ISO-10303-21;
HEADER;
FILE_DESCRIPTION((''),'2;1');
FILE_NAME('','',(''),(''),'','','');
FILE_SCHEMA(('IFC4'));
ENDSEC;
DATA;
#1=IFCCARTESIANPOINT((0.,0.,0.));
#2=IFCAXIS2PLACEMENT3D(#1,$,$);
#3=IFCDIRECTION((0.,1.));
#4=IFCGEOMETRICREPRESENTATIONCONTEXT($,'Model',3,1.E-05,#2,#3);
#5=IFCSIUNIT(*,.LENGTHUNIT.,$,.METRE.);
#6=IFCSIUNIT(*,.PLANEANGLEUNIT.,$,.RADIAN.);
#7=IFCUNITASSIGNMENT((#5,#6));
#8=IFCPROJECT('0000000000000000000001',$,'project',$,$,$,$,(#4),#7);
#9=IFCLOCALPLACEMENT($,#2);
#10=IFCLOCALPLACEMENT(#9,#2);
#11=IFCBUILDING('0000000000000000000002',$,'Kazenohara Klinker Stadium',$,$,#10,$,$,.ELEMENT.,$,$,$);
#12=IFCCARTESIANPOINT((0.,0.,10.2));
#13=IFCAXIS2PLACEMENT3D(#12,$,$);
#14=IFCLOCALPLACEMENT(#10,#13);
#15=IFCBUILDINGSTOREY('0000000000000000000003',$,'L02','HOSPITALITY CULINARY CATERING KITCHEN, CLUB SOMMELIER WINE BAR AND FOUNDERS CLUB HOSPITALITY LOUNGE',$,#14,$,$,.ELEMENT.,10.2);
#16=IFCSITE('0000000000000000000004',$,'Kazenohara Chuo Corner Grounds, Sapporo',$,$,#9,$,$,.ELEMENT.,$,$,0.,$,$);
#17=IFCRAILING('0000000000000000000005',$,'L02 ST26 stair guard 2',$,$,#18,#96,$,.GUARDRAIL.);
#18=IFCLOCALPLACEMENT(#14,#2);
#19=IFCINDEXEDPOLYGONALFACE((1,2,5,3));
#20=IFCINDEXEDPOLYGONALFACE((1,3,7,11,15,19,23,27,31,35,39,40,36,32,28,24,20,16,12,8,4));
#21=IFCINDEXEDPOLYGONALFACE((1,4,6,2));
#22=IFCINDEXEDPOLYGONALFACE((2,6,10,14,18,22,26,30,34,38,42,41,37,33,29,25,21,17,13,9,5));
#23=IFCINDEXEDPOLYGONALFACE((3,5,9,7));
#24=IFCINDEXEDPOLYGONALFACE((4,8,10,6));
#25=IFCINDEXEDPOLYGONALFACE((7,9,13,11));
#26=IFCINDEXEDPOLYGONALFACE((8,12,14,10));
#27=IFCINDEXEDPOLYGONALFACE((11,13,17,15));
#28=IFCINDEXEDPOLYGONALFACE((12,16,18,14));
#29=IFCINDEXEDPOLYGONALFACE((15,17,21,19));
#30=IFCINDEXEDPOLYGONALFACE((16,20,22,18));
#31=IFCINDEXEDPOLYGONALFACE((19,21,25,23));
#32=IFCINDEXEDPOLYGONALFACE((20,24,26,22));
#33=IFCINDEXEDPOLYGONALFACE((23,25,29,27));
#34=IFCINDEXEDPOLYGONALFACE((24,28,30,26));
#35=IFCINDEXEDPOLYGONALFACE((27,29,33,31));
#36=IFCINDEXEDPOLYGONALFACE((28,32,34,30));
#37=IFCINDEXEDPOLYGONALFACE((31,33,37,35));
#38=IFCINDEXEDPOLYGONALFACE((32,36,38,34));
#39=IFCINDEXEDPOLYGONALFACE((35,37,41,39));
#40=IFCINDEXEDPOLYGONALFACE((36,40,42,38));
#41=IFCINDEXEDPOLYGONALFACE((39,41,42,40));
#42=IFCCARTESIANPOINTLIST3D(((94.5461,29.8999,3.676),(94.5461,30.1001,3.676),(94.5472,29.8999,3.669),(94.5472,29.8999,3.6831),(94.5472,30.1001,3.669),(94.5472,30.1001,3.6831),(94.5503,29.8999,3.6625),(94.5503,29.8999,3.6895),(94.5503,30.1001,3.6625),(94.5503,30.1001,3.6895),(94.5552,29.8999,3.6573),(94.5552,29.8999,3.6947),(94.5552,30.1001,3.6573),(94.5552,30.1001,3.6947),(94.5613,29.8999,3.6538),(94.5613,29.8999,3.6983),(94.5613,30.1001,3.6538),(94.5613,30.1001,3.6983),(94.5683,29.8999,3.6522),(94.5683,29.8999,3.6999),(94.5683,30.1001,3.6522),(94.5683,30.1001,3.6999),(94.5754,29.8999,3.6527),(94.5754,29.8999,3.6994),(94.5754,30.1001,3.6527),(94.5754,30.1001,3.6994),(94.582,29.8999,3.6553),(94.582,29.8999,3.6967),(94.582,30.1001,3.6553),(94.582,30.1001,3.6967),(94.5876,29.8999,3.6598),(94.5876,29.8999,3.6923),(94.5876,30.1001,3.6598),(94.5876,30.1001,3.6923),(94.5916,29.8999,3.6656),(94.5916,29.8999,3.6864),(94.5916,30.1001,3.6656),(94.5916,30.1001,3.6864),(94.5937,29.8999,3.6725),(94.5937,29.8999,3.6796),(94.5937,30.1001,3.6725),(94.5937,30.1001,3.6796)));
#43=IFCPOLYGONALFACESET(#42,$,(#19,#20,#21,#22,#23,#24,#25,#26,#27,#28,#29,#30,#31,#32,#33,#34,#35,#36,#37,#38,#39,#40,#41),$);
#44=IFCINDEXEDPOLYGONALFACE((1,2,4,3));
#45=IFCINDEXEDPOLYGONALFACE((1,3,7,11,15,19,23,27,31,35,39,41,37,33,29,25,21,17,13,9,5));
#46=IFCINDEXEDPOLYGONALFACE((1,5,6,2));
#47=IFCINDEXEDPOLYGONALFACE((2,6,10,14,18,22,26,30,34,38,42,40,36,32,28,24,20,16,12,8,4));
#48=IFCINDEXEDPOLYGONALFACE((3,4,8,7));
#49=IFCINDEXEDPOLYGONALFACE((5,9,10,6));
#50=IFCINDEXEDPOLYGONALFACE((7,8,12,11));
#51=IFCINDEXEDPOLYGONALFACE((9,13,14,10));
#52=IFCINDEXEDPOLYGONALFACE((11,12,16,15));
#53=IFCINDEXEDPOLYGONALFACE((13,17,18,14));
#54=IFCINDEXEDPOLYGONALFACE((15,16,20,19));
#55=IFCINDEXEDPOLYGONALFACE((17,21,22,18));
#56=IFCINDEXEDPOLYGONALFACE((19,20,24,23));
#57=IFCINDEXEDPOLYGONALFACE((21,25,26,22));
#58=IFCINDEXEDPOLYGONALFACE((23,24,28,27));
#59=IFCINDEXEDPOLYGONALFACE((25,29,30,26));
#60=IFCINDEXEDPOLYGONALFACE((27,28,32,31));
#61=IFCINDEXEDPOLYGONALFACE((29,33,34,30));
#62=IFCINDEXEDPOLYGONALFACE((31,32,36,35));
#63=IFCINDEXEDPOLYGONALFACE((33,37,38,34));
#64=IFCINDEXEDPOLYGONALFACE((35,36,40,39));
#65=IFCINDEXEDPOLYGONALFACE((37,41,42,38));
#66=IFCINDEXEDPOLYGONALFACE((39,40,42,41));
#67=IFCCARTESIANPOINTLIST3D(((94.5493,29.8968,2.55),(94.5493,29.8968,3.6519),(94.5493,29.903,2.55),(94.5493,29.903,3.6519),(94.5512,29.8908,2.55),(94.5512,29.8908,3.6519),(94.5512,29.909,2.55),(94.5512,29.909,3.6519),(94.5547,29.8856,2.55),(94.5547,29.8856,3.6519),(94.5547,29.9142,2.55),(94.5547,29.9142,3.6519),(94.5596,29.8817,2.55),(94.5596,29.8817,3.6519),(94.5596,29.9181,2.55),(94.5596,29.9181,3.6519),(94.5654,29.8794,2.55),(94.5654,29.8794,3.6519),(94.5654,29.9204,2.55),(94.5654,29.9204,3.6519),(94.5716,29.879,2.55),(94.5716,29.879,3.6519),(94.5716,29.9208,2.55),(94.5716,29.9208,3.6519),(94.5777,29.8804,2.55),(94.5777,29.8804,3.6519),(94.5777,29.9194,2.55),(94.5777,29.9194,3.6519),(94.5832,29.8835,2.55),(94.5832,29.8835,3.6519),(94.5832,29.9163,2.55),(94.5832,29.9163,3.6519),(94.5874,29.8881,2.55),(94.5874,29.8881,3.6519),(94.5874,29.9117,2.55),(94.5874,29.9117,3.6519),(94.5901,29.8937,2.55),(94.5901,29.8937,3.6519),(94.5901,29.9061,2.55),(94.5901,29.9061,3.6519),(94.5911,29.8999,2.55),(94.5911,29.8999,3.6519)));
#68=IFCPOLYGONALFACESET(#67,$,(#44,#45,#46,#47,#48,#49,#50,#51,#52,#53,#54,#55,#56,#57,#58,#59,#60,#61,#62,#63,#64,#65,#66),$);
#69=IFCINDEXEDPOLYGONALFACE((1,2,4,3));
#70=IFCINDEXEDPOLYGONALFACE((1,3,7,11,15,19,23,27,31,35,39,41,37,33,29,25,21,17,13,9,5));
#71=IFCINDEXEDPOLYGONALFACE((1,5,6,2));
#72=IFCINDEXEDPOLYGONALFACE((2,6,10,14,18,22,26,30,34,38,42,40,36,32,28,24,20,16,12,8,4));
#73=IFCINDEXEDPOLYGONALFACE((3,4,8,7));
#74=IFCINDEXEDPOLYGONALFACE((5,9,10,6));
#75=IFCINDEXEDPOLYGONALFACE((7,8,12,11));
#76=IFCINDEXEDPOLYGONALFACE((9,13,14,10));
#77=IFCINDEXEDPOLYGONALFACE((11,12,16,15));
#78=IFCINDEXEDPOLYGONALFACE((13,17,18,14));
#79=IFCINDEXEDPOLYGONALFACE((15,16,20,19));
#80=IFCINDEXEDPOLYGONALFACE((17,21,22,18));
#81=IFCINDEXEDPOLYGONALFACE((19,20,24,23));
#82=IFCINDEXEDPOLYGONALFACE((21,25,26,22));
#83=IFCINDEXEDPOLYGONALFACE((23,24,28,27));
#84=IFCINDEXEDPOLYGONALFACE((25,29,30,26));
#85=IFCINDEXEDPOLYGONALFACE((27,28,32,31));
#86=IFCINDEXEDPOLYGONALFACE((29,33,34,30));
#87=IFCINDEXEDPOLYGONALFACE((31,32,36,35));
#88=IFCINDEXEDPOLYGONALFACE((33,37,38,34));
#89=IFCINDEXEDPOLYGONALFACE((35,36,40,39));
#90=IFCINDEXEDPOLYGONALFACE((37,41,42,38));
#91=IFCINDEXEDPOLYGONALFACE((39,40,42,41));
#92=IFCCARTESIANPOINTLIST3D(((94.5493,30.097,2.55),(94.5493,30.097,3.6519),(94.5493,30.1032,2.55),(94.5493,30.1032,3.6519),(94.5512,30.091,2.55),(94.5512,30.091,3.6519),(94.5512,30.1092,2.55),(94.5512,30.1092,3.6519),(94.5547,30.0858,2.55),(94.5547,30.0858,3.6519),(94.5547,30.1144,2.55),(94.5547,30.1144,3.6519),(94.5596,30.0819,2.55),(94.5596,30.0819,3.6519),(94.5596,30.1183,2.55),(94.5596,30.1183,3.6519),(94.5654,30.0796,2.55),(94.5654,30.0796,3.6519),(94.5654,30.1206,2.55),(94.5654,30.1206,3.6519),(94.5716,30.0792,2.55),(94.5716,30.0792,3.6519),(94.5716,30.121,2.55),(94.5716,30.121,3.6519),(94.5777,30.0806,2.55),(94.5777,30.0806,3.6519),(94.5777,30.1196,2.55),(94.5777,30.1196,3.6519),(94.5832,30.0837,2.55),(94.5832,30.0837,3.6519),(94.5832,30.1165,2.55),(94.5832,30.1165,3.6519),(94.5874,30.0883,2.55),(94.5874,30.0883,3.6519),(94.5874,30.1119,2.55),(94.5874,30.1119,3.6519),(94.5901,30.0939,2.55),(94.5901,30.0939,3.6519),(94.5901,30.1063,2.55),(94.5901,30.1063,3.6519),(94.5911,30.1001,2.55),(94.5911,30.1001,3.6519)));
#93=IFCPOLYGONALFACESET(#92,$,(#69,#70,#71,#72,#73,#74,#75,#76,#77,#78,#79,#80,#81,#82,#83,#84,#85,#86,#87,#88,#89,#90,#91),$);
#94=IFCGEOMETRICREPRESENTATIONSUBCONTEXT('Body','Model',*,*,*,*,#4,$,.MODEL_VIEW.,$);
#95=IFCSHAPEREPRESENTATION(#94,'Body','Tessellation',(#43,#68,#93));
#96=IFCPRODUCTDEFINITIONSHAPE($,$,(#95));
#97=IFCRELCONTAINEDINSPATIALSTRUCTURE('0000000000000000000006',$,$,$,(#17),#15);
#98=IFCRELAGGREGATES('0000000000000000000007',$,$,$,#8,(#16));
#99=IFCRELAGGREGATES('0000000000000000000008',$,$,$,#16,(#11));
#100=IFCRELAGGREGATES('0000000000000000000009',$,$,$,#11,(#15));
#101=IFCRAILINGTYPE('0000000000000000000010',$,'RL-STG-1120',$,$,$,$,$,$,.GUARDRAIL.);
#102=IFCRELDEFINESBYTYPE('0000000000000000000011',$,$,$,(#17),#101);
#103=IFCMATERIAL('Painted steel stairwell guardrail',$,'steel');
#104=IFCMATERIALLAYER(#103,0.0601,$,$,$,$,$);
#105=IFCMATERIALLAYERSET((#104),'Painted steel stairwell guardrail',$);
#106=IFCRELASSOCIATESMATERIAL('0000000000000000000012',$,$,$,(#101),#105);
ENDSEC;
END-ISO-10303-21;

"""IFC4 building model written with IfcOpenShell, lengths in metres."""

from ifc_helpers import new_model, si_unit, direction, frame, origin, origin_2d, place, context, subcontext, project, spatial, circle, extrude, material, layer, layer_set, type_object, element, save


model = new_model("IFC4")

# Units and contexts
model_context = context("Model", 3, precision=1e-05, world=origin(), true_north=direction((0.0, 1.0)))
body_context = subcontext(model_context, "Body", "Model", "MODEL_VIEW")
ifc_project = project(units=[si_unit("LENGTHUNIT", "METRE"), si_unit("PLANEANGLEUNIT", "RADIAN")], contexts=[model_context])

# Site, building, storey
site_placement = place(None, origin())
site = spatial("IfcSite", under=ifc_project, at=site_placement, Name="Kazenohara Chuo Corner Grounds, Sapporo", CompositionType="ELEMENT", RefElevation=0.0)
building_placement = place(site_placement, origin())
building = spatial("IfcBuilding", under=site, at=building_placement, Name="Kazenohara Klinker Stadium", CompositionType="ELEMENT")
storey_placement = place(building_placement, frame((0.0, 0.0, 10.2)))
storey = spatial("IfcBuildingStorey", under=building, at=storey_placement, Name="L02", Description="HOSPITALITY CULINARY CATERING KITCHEN, CLUB SOMMELIER WINE BAR AND FOUNDERS CLUB HOSPITALITY LOUNGE", CompositionType="ELEMENT", Elevation=10.2)

# Railing
ifc_material_1 = material(Name="Painted steel stairwell guardrail", Category="steel")
ifc_layer_1 = layer(ifc_material_1, 0.0601)
ifc_layer_set_1 = layer_set([ifc_layer_1], Name="Painted steel stairwell guardrail")
railing_type_1 = type_object("IfcRailingType", Name="RL-STG-1120", PredefinedType="GUARDRAIL", material=ifc_layer_set_1)
railing_1_placement = place(storey_placement, frame((94.5701, 29.8999, 2.55)))
element("IfcRailing", 1, at=railing_1_placement, inside=storey, type_object=railing_type_1, Name="L02 ST26 stair guard 2", PredefinedType="GUARDRAIL", context=body_context, shape_type="SweptSolid", body=[
    extrude(circle(Radius=0.0239, at=origin_2d()), frame((0.0, 0.0, 1.126), z_axis=(0.0, 1.0, 0.0), x_axis=(-1.0, 0.0, 0.0)), (0.0, 0.0, 1.0), 0.2002),
    extrude(circle(Radius=0.021, at=origin_2d()), origin(), (0.0, 0.0, 1.0), 1.1018),
    extrude(circle(Radius=0.021, at=origin_2d()), frame((0.0, 0.2002, 0.0)), (0.0, 0.0, 1.0), 1.1018),
])

save(model, "model.ifc")
